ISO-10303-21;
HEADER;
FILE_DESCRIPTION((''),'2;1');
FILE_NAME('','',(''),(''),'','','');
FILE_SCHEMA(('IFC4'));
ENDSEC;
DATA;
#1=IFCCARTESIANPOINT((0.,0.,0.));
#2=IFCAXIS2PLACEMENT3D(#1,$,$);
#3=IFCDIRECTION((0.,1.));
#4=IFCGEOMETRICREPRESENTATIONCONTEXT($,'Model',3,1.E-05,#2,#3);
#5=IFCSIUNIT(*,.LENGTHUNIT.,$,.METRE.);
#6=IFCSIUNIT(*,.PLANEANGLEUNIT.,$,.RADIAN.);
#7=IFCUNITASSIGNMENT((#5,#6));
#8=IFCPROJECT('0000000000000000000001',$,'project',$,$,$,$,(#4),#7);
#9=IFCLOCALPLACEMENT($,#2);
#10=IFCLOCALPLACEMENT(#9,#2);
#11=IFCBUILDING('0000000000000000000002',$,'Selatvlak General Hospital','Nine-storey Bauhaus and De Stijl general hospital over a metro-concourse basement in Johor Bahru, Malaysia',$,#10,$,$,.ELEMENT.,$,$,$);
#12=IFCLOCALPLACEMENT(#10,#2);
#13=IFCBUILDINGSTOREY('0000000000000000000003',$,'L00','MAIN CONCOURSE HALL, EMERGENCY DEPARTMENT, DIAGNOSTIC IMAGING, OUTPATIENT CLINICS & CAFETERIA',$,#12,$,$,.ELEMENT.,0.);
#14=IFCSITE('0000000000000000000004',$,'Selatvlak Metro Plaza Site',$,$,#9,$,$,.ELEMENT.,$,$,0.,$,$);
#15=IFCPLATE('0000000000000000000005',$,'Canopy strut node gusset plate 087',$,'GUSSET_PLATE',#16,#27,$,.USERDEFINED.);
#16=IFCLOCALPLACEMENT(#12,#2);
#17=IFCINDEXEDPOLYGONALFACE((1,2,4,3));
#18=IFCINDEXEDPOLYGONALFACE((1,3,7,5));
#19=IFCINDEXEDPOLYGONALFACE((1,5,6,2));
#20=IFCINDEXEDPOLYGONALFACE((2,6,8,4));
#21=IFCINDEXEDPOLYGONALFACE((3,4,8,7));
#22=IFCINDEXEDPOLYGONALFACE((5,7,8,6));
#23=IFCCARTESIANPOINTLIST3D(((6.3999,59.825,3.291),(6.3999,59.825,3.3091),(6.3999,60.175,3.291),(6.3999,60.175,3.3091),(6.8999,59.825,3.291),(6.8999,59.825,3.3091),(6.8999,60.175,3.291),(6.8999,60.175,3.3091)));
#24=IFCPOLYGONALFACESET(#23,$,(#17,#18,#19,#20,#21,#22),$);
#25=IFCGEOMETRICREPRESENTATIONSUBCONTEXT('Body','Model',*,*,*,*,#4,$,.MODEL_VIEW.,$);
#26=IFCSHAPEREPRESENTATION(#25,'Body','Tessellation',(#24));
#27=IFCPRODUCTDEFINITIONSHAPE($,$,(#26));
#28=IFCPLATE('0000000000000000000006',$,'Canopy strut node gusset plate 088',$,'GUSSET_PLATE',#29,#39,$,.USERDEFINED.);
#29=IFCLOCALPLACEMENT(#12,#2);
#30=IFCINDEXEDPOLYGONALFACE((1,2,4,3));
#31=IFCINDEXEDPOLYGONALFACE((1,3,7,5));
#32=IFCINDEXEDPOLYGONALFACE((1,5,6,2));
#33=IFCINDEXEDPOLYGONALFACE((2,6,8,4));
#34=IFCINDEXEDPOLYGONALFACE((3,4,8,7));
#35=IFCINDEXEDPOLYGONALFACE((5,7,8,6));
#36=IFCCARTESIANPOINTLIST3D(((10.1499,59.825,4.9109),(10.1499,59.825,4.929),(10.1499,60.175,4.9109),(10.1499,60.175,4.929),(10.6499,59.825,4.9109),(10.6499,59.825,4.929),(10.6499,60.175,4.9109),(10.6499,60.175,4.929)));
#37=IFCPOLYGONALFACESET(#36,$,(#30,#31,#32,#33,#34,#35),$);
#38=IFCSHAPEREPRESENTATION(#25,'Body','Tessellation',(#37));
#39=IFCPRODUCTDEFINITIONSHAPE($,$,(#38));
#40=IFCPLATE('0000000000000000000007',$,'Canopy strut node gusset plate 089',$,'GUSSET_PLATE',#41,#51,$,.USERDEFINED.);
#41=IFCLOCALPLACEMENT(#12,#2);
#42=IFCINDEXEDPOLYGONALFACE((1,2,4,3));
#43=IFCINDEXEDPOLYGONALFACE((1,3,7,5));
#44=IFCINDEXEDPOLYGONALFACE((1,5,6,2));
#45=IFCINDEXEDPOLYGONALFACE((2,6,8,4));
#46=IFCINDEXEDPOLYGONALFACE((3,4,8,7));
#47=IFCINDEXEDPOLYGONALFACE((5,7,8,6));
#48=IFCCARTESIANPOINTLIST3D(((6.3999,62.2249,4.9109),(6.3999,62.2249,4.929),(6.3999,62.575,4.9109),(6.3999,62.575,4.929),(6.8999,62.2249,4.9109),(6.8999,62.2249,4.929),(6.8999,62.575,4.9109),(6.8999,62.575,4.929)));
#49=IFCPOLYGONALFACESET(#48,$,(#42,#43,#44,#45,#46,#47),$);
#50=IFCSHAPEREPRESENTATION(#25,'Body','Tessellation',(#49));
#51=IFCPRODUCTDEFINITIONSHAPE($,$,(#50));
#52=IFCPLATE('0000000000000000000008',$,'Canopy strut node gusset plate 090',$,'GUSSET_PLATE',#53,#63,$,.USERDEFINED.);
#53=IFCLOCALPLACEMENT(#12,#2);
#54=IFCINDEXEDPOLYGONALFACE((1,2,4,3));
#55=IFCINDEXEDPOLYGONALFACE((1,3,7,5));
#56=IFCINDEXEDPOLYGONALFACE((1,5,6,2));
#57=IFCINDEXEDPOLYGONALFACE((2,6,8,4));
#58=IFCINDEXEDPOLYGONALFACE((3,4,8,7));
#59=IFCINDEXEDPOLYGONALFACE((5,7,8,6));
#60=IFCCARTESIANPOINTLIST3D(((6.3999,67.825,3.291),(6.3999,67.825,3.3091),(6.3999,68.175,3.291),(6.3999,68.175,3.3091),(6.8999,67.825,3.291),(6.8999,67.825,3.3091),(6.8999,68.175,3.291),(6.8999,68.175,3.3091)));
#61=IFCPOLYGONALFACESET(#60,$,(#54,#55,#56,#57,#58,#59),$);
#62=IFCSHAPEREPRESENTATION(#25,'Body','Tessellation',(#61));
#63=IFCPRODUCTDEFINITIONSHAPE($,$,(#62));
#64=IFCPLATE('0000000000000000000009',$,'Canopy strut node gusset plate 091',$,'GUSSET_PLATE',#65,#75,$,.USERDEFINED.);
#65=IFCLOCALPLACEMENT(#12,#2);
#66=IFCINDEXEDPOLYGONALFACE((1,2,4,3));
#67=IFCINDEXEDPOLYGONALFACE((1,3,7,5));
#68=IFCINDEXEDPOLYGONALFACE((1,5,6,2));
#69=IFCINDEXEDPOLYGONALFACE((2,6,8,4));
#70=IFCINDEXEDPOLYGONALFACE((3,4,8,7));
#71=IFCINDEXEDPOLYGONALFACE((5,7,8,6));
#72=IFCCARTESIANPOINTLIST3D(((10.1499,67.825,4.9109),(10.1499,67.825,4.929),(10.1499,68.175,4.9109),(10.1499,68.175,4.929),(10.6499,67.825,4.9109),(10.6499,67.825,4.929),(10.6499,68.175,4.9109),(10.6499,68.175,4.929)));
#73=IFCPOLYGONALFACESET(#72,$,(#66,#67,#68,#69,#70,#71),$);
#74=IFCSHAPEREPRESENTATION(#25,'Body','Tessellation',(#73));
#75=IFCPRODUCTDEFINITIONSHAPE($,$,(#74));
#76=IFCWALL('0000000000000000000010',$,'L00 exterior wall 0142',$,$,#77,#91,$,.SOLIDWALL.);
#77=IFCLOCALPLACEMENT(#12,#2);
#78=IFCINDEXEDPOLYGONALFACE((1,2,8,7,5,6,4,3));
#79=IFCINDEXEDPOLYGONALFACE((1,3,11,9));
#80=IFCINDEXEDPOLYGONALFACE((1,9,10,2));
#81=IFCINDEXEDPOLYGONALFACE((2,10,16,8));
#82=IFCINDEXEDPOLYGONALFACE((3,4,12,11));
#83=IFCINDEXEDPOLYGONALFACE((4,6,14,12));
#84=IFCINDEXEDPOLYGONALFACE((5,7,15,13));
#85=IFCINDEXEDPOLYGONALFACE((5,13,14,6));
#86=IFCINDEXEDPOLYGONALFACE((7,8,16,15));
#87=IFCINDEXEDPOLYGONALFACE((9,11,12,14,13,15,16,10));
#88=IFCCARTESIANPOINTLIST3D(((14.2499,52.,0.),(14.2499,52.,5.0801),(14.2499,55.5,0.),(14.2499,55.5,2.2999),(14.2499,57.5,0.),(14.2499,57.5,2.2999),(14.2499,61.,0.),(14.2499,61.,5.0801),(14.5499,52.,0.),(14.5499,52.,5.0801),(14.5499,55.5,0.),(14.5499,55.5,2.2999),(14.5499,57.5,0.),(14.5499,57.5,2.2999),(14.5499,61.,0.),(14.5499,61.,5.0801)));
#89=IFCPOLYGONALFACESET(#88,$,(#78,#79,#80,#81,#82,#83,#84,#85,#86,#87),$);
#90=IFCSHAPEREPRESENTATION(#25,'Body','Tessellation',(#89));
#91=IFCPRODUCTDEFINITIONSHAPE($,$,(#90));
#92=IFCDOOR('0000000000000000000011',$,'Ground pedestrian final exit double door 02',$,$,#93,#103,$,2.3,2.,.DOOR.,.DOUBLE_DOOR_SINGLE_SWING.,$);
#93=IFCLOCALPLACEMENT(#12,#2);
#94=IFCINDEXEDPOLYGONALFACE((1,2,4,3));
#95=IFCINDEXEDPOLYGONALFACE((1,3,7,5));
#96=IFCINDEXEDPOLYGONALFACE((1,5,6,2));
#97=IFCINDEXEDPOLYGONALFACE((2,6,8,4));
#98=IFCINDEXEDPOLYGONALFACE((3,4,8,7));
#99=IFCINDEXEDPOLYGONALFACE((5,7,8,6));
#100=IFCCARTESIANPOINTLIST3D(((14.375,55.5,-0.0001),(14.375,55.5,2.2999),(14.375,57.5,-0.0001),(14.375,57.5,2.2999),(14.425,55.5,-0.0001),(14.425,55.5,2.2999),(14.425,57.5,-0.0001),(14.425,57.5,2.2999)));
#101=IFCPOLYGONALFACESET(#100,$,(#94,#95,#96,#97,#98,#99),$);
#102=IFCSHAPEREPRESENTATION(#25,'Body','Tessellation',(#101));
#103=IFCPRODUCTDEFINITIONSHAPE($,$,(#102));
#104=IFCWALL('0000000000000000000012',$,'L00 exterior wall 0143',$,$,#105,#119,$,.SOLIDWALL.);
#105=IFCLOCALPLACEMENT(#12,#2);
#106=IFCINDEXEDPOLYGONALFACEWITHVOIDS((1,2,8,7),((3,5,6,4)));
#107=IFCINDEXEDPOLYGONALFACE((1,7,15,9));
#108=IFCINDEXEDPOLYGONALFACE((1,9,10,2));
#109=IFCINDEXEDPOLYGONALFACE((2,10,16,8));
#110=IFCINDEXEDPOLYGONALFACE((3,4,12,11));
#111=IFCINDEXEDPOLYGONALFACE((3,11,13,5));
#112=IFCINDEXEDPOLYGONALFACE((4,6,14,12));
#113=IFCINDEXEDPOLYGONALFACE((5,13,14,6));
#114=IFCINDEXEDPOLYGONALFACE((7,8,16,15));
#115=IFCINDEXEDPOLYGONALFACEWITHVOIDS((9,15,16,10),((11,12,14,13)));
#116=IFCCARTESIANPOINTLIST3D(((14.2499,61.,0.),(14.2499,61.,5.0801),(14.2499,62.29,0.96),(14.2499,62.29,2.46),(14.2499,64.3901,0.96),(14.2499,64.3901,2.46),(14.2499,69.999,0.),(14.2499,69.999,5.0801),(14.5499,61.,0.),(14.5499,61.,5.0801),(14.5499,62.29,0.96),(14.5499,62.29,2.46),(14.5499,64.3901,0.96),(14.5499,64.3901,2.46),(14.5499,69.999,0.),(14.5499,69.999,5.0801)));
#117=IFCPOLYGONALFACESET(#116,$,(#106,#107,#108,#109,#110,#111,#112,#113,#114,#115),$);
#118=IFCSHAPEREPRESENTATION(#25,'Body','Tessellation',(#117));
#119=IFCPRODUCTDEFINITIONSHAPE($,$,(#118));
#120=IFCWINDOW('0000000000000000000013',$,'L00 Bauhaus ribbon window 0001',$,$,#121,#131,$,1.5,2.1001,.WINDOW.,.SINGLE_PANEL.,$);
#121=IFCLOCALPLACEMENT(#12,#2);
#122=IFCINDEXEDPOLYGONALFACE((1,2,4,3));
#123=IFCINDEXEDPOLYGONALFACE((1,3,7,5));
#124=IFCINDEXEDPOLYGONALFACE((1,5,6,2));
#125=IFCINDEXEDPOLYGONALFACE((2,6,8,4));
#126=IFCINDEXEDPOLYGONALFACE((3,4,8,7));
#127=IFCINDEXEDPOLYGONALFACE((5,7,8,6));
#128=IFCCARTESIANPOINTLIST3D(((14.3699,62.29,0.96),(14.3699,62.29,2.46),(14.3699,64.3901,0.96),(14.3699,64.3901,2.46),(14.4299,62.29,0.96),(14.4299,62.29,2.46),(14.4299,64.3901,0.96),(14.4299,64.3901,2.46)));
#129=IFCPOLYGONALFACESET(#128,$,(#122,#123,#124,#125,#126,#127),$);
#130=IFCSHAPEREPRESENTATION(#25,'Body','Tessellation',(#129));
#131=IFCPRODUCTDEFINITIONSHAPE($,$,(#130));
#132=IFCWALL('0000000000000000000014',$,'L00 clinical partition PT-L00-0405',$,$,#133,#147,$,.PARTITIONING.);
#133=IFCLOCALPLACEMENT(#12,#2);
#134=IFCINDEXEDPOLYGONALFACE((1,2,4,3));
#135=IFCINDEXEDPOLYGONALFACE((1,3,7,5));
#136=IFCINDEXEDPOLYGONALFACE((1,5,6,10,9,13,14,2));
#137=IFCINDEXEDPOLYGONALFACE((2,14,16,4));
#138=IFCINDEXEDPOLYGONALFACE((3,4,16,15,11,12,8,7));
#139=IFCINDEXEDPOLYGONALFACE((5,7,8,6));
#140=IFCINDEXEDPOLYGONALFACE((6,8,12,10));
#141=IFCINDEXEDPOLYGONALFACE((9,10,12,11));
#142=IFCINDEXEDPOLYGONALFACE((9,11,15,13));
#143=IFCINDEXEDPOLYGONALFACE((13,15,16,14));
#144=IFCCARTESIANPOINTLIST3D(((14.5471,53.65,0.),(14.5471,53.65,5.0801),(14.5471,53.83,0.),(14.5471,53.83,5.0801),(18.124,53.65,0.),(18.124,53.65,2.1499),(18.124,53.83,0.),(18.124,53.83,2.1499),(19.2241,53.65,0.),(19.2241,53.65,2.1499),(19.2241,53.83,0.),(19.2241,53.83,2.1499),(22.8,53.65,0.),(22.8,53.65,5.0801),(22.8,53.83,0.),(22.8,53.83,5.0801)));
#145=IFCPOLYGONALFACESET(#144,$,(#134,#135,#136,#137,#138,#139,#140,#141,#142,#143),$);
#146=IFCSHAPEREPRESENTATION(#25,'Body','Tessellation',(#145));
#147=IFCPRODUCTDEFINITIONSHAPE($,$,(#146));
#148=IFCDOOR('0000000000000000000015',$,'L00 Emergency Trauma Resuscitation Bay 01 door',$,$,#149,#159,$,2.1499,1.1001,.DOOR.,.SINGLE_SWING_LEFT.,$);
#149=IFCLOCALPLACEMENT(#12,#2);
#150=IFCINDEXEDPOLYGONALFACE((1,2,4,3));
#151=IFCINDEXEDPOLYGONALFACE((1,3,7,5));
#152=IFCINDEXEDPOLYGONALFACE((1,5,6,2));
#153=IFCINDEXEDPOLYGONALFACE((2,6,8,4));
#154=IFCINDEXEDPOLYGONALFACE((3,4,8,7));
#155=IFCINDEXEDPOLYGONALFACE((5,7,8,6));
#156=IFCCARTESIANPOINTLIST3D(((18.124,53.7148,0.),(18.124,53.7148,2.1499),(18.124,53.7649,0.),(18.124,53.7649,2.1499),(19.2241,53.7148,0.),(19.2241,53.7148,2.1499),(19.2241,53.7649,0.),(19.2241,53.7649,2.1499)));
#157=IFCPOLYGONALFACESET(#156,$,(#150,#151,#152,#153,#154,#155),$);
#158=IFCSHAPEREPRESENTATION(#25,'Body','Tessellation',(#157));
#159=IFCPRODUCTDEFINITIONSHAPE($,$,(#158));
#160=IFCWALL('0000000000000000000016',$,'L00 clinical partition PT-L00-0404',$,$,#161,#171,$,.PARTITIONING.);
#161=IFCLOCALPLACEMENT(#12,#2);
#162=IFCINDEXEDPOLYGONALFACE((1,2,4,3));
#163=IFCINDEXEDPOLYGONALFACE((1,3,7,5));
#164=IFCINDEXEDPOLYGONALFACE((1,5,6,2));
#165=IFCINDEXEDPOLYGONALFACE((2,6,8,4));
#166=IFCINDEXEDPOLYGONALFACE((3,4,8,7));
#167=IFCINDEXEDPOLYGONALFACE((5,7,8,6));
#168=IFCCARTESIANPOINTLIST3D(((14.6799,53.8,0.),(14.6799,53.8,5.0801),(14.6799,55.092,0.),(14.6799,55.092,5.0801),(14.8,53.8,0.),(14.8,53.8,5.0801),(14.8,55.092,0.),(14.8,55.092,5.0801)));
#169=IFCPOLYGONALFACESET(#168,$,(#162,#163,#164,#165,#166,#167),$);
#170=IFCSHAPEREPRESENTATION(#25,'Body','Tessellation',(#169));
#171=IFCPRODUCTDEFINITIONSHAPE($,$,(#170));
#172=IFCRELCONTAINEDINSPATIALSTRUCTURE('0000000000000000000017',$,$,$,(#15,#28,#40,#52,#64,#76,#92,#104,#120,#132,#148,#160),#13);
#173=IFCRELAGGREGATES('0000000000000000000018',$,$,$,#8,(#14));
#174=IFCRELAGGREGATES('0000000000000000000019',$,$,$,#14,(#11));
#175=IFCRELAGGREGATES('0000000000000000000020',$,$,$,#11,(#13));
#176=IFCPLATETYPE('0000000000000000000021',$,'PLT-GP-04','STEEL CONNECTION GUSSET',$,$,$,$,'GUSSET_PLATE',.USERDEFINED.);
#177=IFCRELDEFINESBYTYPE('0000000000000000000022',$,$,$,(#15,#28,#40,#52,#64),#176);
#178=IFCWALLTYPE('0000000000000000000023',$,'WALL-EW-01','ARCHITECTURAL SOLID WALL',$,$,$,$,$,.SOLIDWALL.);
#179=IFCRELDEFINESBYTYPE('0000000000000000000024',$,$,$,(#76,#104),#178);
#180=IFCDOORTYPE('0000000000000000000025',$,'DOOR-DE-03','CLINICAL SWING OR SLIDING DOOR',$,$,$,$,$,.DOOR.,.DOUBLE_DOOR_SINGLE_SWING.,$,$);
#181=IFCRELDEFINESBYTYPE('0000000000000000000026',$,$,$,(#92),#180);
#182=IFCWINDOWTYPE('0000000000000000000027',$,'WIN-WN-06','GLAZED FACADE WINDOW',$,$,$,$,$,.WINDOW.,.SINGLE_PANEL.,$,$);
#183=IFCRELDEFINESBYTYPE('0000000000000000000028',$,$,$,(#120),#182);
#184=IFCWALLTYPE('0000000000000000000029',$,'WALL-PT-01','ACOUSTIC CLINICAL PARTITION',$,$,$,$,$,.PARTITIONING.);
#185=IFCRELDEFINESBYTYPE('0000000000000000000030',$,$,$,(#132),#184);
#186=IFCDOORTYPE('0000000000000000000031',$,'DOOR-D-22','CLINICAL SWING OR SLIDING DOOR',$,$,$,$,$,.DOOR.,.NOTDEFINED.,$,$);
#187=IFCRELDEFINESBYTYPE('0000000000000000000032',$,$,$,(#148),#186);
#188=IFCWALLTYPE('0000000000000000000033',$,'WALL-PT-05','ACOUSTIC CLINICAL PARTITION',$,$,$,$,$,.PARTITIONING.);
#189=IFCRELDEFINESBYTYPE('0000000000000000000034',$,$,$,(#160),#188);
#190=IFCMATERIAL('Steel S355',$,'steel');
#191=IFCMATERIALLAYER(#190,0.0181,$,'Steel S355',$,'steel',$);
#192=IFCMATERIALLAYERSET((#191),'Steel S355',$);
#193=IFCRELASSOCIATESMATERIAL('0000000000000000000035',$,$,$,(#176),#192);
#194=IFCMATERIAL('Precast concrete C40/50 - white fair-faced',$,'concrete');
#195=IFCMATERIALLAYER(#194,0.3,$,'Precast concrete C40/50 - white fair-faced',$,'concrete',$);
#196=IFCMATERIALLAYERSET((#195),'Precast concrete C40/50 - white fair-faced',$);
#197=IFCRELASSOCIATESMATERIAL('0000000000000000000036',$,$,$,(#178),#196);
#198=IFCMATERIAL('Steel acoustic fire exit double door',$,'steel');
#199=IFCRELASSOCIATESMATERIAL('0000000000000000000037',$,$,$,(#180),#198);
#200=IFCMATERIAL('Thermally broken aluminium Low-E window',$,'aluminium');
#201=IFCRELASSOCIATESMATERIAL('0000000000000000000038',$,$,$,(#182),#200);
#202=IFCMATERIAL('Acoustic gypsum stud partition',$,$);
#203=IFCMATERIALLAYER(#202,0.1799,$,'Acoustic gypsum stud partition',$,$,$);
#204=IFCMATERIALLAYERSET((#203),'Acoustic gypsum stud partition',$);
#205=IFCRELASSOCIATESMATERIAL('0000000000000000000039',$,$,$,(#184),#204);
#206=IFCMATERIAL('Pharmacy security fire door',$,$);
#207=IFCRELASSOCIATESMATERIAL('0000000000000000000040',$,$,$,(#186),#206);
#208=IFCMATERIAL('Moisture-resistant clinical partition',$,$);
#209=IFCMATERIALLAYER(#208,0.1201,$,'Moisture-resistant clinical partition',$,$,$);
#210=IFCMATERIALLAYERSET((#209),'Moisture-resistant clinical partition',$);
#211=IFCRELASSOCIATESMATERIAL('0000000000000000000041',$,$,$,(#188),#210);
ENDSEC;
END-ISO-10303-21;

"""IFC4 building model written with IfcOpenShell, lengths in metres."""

from ifc_helpers import new_model, si_unit, direction, frame, frame_2d, origin, origin_2d, place, context, subcontext, project, spatial, rectangle, extrude, material, layer, layer_set, type_object, element, fill, save


model = new_model("IFC4")

# Units and contexts
model_context = context("Model", 3, precision=1e-05, world=origin(), true_north=direction((0.0, 1.0)))
body_context = subcontext(model_context, "Body", "Model", "MODEL_VIEW")
ifc_project = project(units=[si_unit("LENGTHUNIT", "METRE"), si_unit("PLANEANGLEUNIT", "RADIAN")], contexts=[model_context])

# Site, building, storey
site_placement = place(None, origin())
site = spatial("IfcSite", under=ifc_project, at=site_placement, Name="Selatvlak Metro Plaza Site", CompositionType="ELEMENT", RefElevation=0.0)
building_placement = place(site_placement, origin())
building = spatial("IfcBuilding", under=site, at=building_placement, Name="Selatvlak General Hospital", Description="Nine-storey Bauhaus and De Stijl general hospital over a metro-concourse basement in Johor Bahru, Malaysia", CompositionType="ELEMENT")
storey_placement = place(building_placement, origin())
storey = spatial("IfcBuildingStorey", under=building, at=storey_placement, Name="L00", Description="MAIN CONCOURSE HALL, EMERGENCY DEPARTMENT, DIAGNOSTIC IMAGING, OUTPATIENT CLINICS & CAFETERIA", CompositionType="ELEMENT", Elevation=0.0)

# Shared definitions
ifc_material_1 = material(Name="Steel S355", Category="steel")

# Plates
ifc_layer_1 = layer(ifc_material_1, 0.0181, Name="Steel S355", Category="steel")
ifc_layer_set_1 = layer_set([ifc_layer_1], Name="Steel S355")
plate_type = type_object("IfcPlateType", Name="PLT-GP-04", Description="STEEL CONNECTION GUSSET", ElementType="GUSSET_PLATE", PredefinedType="USERDEFINED", material=ifc_layer_set_1)
for number, where, z_axis, x_axis, name in (
    (1, (6.6499, 60.0, 3.291), (0.0, 0.0, 1.0), (1.0, 0.0, 0.0), "Canopy strut node gusset plate 087"),
    (2, (10.3999, 60.0, 4.9109), (0.0, 0.0, 1.0), (1.0, 0.0, 0.0), "Canopy strut node gusset plate 088"),
    (3, (6.6499, 62.3999, 4.9109), (0.0, 0.0, 1.0), (1.0, 0.0, 0.0), "Canopy strut node gusset plate 089"),
    (4, (6.6499, 68.0, 3.291), (0.0, 0.0, 1.0), (1.0, 0.0, 0.0), "Canopy strut node gusset plate 090"),
    (5, (10.3999, 68.0, 4.9109), (0.0, 0.0, 1.0), (1.0, 0.0, 0.0), "Canopy strut node gusset plate 091"),
):
    element("IfcPlate", number, at=place(storey_placement, frame(where, z_axis=z_axis, x_axis=x_axis)), inside=storey, type_object=plate_type, Name=name, ObjectType="GUSSET_PLATE", PredefinedType="USERDEFINED", context=body_context, shape_type="SweptSolid", body=[
        extrude(rectangle(XDim=0.5, YDim=0.3501, at=origin_2d()), origin(), (0.0, 0.0, 1.0), 0.0181),
    ])

# Wall, opening, door
ifc_material_2 = material(Name="Precast concrete C40/50 - white fair-faced", Category="concrete")
ifc_layer_2 = layer(ifc_material_2, 0.3, Name="Precast concrete C40/50 - white fair-faced", Category="concrete")
ifc_layer_set_2 = layer_set([ifc_layer_2], Name="Precast concrete C40/50 - white fair-faced")
wall_type_1 = type_object("IfcWallType", Name="WALL-EW-01", Description="ARCHITECTURAL SOLID WALL", PredefinedType="SOLIDWALL", material=ifc_layer_set_2)
wall_1_placement = place(storey_placement, frame((14.3999, 52.0, 0.0), z_axis=(0.0, 0.0, 1.0), x_axis=(0.0, 1.0, 0.0)))
wall_1 = element("IfcWall", 6, at=wall_1_placement, inside=storey, type_object=wall_type_1, Name="L00 exterior wall 0142", PredefinedType="SOLIDWALL", context=body_context, shape_type="SweptSolid", body=[
    extrude(rectangle(XDim=9.0, YDim=0.3, at=frame_2d((4.5, 0.0))), origin(), (0.0, 0.0, 1.0), 5.0801),
])
opening_1_placement = place(wall_1_placement, frame((3.5, 0.0, 0.0)))
opening_1 = element("IfcOpeningElement", 7, at=opening_1_placement, cuts=wall_1, PredefinedType="OPENING", context=body_context, shape_type="SweptSolid", body=[
    extrude(rectangle(XDim=2.0, YDim=2.3, at=frame_2d((1.0, 1.1499))), frame((0.0, 0.1599, 0.0), z_axis=(0.0, -1.0, 0.0), x_axis=(1.0, 0.0, 0.0)), (0.0, 0.0, 1.0), 0.3201),
])
ifc_material_3 = material(Name="Steel acoustic fire exit double door", Category="steel")
door_type_1 = type_object("IfcDoorType", Name="DOOR-DE-03", Description="CLINICAL SWING OR SLIDING DOOR", OperationType="DOUBLE_DOOR_SINGLE_SWING", PredefinedType="DOOR", material=ifc_material_3)
door_1_placement = place(opening_1_placement, origin())
door_1 = element("IfcDoor", 8, at=door_1_placement, inside=storey, type_object=door_type_1, Name="Ground pedestrian final exit double door 02", OperationType="DOUBLE_DOOR_SINGLE_SWING", OverallHeight=2.3, OverallWidth=2.0, PredefinedType="DOOR", context=body_context, shape_type="SweptSolid", body=[
    extrude(rectangle(XDim=2.0, YDim=2.3, at=frame_2d((1.0, 1.1499))), frame((0.0, 0.0249, 0.0), z_axis=(0.0, -1.0, 0.0), x_axis=(1.0, 0.0, 0.0)), (0.0, 0.0, 1.0), 0.05),
])
fill(opening_1, door_1)

# Wall, opening, window
wall_2_placement = place(storey_placement, frame((14.3999, 61.0, 0.0), z_axis=(0.0, 0.0, 1.0), x_axis=(0.0, 1.0, 0.0)))
wall_2 = element("IfcWall", 9, at=wall_2_placement, inside=storey, type_object=wall_type_1, Name="L00 exterior wall 0143", PredefinedType="SOLIDWALL", context=body_context, shape_type="SweptSolid", body=[
    extrude(rectangle(XDim=8.999, YDim=0.3, at=frame_2d((4.4995, 0.0))), origin(), (0.0, 0.0, 1.0), 5.0801),
])
opening_2_placement = place(wall_2_placement, frame((1.29, 0.0, 0.96)))
opening_2 = element("IfcOpeningElement", 10, at=opening_2_placement, cuts=wall_2, PredefinedType="OPENING", context=body_context, shape_type="SweptSolid", body=[
    extrude(rectangle(XDim=2.1001, YDim=1.5, at=frame_2d((1.05, 0.75))), frame((0.0, 0.1599, 0.0), z_axis=(0.0, -1.0, 0.0), x_axis=(1.0, 0.0, 0.0)), (0.0, 0.0, 1.0), 0.3201),
])
ifc_material_4 = material(Name="Thermally broken aluminium Low-E window", Category="aluminium")
window_type = type_object("IfcWindowType", Name="WIN-WN-06", Description="GLAZED FACADE WINDOW", PartitioningType="SINGLE_PANEL", PredefinedType="WINDOW", material=ifc_material_4)
window_placement = place(opening_2_placement, origin())
window = element("IfcWindow", 11, at=window_placement, inside=storey, type_object=window_type, Name="L00 Bauhaus ribbon window 0001", OverallHeight=1.5, OverallWidth=2.1001, PartitioningType="SINGLE_PANEL", PredefinedType="WINDOW", context=body_context, shape_type="SweptSolid", body=[
    extrude(rectangle(XDim=2.1001, YDim=1.5, at=frame_2d((1.05, 0.75))), frame((0.0, 0.03, 0.0), z_axis=(0.0, -1.0, 0.0), x_axis=(1.0, 0.0, 0.0)), (0.0, 0.0, 1.0), 0.0601),
])
fill(opening_2, window)

# Wall, opening, door
ifc_material_5 = material(Name="Acoustic gypsum stud partition")
ifc_layer_3 = layer(ifc_material_5, 0.1799, Name="Acoustic gypsum stud partition")
ifc_layer_set_3 = layer_set([ifc_layer_3], Name="Acoustic gypsum stud partition")
wall_type_2 = type_object("IfcWallType", Name="WALL-PT-01", Description="ACOUSTIC CLINICAL PARTITION", PredefinedType="PARTITIONING", material=ifc_layer_set_3)
wall_3_placement = place(storey_placement, frame((14.5471, 53.74, 0.0), z_axis=(0.0, 0.0, 1.0), x_axis=(1.0, 0.0, 0.0)))
wall_3 = element("IfcWall", 12, at=wall_3_placement, inside=storey, type_object=wall_type_2, Name="L00 clinical partition PT-L00-0405", PredefinedType="PARTITIONING", context=body_context, shape_type="SweptSolid", body=[
    extrude(rectangle(XDim=8.2529, YDim=0.1799, at=frame_2d((4.1265, 0.0))), origin(), (0.0, 0.0, 1.0), 5.0801),
])
opening_3_placement = place(wall_3_placement, frame((3.5769, 0.0, 0.0)))
opening_3 = element("IfcOpeningElement", 13, at=opening_3_placement, cuts=wall_3, PredefinedType="OPENING", context=body_context, shape_type="SweptSolid", body=[
    extrude(rectangle(XDim=1.1001, YDim=2.1499, at=frame_2d((0.55, 1.075))), frame((0.0, 0.0999, 0.0), z_axis=(0.0, -1.0, 0.0), x_axis=(1.0, 0.0, 0.0)), (0.0, 0.0, 1.0), 0.2),
])
ifc_material_6 = material(Name="Pharmacy security fire door")
door_type_2 = type_object("IfcDoorType", Name="DOOR-D-22", Description="CLINICAL SWING OR SLIDING DOOR", OperationType="NOTDEFINED", PredefinedType="DOOR", material=ifc_material_6)
door_2_placement = place(opening_3_placement, origin())
door_2 = element("IfcDoor", 14, at=door_2_placement, inside=storey, type_object=door_type_2, Name="L00 Emergency Trauma Resuscitation Bay 01 door", OperationType="SINGLE_SWING_LEFT", OverallHeight=2.1499, OverallWidth=1.1001, PredefinedType="DOOR", context=body_context, shape_type="SweptSolid", body=[
    extrude(rectangle(XDim=1.1001, YDim=2.1499, at=frame_2d((0.55, 1.075))), frame((0.0, 0.0249, 0.0), z_axis=(0.0, -1.0, 0.0), x_axis=(1.0, 0.0, 0.0)), (0.0, 0.0, 1.0), 0.05),
])
fill(opening_3, door_2)

# Wall
ifc_material_7 = material(Name="Moisture-resistant clinical partition")
ifc_layer_4 = layer(ifc_material_7, 0.1201, Name="Moisture-resistant clinical partition")
ifc_layer_set_4 = layer_set([ifc_layer_4], Name="Moisture-resistant clinical partition")
wall_type_3 = type_object("IfcWallType", Name="WALL-PT-05", Description="ACOUSTIC CLINICAL PARTITION", PredefinedType="PARTITIONING", material=ifc_layer_set_4)
wall_4_placement = place(storey_placement, frame((14.74, 55.092, 0.0), z_axis=(0.0, 0.0, 1.0), x_axis=(0.0, -1.0, 0.0)))
element("IfcWall", 15, at=wall_4_placement, inside=storey, type_object=wall_type_3, Name="L00 clinical partition PT-L00-0404", PredefinedType="PARTITIONING", context=body_context, shape_type="SweptSolid", body=[
    extrude(rectangle(XDim=1.292, YDim=0.1201, at=frame_2d((0.646, 0.0))), origin(), (0.0, 0.0, 1.0), 5.0801),
])

save(model, "model.ifc")
